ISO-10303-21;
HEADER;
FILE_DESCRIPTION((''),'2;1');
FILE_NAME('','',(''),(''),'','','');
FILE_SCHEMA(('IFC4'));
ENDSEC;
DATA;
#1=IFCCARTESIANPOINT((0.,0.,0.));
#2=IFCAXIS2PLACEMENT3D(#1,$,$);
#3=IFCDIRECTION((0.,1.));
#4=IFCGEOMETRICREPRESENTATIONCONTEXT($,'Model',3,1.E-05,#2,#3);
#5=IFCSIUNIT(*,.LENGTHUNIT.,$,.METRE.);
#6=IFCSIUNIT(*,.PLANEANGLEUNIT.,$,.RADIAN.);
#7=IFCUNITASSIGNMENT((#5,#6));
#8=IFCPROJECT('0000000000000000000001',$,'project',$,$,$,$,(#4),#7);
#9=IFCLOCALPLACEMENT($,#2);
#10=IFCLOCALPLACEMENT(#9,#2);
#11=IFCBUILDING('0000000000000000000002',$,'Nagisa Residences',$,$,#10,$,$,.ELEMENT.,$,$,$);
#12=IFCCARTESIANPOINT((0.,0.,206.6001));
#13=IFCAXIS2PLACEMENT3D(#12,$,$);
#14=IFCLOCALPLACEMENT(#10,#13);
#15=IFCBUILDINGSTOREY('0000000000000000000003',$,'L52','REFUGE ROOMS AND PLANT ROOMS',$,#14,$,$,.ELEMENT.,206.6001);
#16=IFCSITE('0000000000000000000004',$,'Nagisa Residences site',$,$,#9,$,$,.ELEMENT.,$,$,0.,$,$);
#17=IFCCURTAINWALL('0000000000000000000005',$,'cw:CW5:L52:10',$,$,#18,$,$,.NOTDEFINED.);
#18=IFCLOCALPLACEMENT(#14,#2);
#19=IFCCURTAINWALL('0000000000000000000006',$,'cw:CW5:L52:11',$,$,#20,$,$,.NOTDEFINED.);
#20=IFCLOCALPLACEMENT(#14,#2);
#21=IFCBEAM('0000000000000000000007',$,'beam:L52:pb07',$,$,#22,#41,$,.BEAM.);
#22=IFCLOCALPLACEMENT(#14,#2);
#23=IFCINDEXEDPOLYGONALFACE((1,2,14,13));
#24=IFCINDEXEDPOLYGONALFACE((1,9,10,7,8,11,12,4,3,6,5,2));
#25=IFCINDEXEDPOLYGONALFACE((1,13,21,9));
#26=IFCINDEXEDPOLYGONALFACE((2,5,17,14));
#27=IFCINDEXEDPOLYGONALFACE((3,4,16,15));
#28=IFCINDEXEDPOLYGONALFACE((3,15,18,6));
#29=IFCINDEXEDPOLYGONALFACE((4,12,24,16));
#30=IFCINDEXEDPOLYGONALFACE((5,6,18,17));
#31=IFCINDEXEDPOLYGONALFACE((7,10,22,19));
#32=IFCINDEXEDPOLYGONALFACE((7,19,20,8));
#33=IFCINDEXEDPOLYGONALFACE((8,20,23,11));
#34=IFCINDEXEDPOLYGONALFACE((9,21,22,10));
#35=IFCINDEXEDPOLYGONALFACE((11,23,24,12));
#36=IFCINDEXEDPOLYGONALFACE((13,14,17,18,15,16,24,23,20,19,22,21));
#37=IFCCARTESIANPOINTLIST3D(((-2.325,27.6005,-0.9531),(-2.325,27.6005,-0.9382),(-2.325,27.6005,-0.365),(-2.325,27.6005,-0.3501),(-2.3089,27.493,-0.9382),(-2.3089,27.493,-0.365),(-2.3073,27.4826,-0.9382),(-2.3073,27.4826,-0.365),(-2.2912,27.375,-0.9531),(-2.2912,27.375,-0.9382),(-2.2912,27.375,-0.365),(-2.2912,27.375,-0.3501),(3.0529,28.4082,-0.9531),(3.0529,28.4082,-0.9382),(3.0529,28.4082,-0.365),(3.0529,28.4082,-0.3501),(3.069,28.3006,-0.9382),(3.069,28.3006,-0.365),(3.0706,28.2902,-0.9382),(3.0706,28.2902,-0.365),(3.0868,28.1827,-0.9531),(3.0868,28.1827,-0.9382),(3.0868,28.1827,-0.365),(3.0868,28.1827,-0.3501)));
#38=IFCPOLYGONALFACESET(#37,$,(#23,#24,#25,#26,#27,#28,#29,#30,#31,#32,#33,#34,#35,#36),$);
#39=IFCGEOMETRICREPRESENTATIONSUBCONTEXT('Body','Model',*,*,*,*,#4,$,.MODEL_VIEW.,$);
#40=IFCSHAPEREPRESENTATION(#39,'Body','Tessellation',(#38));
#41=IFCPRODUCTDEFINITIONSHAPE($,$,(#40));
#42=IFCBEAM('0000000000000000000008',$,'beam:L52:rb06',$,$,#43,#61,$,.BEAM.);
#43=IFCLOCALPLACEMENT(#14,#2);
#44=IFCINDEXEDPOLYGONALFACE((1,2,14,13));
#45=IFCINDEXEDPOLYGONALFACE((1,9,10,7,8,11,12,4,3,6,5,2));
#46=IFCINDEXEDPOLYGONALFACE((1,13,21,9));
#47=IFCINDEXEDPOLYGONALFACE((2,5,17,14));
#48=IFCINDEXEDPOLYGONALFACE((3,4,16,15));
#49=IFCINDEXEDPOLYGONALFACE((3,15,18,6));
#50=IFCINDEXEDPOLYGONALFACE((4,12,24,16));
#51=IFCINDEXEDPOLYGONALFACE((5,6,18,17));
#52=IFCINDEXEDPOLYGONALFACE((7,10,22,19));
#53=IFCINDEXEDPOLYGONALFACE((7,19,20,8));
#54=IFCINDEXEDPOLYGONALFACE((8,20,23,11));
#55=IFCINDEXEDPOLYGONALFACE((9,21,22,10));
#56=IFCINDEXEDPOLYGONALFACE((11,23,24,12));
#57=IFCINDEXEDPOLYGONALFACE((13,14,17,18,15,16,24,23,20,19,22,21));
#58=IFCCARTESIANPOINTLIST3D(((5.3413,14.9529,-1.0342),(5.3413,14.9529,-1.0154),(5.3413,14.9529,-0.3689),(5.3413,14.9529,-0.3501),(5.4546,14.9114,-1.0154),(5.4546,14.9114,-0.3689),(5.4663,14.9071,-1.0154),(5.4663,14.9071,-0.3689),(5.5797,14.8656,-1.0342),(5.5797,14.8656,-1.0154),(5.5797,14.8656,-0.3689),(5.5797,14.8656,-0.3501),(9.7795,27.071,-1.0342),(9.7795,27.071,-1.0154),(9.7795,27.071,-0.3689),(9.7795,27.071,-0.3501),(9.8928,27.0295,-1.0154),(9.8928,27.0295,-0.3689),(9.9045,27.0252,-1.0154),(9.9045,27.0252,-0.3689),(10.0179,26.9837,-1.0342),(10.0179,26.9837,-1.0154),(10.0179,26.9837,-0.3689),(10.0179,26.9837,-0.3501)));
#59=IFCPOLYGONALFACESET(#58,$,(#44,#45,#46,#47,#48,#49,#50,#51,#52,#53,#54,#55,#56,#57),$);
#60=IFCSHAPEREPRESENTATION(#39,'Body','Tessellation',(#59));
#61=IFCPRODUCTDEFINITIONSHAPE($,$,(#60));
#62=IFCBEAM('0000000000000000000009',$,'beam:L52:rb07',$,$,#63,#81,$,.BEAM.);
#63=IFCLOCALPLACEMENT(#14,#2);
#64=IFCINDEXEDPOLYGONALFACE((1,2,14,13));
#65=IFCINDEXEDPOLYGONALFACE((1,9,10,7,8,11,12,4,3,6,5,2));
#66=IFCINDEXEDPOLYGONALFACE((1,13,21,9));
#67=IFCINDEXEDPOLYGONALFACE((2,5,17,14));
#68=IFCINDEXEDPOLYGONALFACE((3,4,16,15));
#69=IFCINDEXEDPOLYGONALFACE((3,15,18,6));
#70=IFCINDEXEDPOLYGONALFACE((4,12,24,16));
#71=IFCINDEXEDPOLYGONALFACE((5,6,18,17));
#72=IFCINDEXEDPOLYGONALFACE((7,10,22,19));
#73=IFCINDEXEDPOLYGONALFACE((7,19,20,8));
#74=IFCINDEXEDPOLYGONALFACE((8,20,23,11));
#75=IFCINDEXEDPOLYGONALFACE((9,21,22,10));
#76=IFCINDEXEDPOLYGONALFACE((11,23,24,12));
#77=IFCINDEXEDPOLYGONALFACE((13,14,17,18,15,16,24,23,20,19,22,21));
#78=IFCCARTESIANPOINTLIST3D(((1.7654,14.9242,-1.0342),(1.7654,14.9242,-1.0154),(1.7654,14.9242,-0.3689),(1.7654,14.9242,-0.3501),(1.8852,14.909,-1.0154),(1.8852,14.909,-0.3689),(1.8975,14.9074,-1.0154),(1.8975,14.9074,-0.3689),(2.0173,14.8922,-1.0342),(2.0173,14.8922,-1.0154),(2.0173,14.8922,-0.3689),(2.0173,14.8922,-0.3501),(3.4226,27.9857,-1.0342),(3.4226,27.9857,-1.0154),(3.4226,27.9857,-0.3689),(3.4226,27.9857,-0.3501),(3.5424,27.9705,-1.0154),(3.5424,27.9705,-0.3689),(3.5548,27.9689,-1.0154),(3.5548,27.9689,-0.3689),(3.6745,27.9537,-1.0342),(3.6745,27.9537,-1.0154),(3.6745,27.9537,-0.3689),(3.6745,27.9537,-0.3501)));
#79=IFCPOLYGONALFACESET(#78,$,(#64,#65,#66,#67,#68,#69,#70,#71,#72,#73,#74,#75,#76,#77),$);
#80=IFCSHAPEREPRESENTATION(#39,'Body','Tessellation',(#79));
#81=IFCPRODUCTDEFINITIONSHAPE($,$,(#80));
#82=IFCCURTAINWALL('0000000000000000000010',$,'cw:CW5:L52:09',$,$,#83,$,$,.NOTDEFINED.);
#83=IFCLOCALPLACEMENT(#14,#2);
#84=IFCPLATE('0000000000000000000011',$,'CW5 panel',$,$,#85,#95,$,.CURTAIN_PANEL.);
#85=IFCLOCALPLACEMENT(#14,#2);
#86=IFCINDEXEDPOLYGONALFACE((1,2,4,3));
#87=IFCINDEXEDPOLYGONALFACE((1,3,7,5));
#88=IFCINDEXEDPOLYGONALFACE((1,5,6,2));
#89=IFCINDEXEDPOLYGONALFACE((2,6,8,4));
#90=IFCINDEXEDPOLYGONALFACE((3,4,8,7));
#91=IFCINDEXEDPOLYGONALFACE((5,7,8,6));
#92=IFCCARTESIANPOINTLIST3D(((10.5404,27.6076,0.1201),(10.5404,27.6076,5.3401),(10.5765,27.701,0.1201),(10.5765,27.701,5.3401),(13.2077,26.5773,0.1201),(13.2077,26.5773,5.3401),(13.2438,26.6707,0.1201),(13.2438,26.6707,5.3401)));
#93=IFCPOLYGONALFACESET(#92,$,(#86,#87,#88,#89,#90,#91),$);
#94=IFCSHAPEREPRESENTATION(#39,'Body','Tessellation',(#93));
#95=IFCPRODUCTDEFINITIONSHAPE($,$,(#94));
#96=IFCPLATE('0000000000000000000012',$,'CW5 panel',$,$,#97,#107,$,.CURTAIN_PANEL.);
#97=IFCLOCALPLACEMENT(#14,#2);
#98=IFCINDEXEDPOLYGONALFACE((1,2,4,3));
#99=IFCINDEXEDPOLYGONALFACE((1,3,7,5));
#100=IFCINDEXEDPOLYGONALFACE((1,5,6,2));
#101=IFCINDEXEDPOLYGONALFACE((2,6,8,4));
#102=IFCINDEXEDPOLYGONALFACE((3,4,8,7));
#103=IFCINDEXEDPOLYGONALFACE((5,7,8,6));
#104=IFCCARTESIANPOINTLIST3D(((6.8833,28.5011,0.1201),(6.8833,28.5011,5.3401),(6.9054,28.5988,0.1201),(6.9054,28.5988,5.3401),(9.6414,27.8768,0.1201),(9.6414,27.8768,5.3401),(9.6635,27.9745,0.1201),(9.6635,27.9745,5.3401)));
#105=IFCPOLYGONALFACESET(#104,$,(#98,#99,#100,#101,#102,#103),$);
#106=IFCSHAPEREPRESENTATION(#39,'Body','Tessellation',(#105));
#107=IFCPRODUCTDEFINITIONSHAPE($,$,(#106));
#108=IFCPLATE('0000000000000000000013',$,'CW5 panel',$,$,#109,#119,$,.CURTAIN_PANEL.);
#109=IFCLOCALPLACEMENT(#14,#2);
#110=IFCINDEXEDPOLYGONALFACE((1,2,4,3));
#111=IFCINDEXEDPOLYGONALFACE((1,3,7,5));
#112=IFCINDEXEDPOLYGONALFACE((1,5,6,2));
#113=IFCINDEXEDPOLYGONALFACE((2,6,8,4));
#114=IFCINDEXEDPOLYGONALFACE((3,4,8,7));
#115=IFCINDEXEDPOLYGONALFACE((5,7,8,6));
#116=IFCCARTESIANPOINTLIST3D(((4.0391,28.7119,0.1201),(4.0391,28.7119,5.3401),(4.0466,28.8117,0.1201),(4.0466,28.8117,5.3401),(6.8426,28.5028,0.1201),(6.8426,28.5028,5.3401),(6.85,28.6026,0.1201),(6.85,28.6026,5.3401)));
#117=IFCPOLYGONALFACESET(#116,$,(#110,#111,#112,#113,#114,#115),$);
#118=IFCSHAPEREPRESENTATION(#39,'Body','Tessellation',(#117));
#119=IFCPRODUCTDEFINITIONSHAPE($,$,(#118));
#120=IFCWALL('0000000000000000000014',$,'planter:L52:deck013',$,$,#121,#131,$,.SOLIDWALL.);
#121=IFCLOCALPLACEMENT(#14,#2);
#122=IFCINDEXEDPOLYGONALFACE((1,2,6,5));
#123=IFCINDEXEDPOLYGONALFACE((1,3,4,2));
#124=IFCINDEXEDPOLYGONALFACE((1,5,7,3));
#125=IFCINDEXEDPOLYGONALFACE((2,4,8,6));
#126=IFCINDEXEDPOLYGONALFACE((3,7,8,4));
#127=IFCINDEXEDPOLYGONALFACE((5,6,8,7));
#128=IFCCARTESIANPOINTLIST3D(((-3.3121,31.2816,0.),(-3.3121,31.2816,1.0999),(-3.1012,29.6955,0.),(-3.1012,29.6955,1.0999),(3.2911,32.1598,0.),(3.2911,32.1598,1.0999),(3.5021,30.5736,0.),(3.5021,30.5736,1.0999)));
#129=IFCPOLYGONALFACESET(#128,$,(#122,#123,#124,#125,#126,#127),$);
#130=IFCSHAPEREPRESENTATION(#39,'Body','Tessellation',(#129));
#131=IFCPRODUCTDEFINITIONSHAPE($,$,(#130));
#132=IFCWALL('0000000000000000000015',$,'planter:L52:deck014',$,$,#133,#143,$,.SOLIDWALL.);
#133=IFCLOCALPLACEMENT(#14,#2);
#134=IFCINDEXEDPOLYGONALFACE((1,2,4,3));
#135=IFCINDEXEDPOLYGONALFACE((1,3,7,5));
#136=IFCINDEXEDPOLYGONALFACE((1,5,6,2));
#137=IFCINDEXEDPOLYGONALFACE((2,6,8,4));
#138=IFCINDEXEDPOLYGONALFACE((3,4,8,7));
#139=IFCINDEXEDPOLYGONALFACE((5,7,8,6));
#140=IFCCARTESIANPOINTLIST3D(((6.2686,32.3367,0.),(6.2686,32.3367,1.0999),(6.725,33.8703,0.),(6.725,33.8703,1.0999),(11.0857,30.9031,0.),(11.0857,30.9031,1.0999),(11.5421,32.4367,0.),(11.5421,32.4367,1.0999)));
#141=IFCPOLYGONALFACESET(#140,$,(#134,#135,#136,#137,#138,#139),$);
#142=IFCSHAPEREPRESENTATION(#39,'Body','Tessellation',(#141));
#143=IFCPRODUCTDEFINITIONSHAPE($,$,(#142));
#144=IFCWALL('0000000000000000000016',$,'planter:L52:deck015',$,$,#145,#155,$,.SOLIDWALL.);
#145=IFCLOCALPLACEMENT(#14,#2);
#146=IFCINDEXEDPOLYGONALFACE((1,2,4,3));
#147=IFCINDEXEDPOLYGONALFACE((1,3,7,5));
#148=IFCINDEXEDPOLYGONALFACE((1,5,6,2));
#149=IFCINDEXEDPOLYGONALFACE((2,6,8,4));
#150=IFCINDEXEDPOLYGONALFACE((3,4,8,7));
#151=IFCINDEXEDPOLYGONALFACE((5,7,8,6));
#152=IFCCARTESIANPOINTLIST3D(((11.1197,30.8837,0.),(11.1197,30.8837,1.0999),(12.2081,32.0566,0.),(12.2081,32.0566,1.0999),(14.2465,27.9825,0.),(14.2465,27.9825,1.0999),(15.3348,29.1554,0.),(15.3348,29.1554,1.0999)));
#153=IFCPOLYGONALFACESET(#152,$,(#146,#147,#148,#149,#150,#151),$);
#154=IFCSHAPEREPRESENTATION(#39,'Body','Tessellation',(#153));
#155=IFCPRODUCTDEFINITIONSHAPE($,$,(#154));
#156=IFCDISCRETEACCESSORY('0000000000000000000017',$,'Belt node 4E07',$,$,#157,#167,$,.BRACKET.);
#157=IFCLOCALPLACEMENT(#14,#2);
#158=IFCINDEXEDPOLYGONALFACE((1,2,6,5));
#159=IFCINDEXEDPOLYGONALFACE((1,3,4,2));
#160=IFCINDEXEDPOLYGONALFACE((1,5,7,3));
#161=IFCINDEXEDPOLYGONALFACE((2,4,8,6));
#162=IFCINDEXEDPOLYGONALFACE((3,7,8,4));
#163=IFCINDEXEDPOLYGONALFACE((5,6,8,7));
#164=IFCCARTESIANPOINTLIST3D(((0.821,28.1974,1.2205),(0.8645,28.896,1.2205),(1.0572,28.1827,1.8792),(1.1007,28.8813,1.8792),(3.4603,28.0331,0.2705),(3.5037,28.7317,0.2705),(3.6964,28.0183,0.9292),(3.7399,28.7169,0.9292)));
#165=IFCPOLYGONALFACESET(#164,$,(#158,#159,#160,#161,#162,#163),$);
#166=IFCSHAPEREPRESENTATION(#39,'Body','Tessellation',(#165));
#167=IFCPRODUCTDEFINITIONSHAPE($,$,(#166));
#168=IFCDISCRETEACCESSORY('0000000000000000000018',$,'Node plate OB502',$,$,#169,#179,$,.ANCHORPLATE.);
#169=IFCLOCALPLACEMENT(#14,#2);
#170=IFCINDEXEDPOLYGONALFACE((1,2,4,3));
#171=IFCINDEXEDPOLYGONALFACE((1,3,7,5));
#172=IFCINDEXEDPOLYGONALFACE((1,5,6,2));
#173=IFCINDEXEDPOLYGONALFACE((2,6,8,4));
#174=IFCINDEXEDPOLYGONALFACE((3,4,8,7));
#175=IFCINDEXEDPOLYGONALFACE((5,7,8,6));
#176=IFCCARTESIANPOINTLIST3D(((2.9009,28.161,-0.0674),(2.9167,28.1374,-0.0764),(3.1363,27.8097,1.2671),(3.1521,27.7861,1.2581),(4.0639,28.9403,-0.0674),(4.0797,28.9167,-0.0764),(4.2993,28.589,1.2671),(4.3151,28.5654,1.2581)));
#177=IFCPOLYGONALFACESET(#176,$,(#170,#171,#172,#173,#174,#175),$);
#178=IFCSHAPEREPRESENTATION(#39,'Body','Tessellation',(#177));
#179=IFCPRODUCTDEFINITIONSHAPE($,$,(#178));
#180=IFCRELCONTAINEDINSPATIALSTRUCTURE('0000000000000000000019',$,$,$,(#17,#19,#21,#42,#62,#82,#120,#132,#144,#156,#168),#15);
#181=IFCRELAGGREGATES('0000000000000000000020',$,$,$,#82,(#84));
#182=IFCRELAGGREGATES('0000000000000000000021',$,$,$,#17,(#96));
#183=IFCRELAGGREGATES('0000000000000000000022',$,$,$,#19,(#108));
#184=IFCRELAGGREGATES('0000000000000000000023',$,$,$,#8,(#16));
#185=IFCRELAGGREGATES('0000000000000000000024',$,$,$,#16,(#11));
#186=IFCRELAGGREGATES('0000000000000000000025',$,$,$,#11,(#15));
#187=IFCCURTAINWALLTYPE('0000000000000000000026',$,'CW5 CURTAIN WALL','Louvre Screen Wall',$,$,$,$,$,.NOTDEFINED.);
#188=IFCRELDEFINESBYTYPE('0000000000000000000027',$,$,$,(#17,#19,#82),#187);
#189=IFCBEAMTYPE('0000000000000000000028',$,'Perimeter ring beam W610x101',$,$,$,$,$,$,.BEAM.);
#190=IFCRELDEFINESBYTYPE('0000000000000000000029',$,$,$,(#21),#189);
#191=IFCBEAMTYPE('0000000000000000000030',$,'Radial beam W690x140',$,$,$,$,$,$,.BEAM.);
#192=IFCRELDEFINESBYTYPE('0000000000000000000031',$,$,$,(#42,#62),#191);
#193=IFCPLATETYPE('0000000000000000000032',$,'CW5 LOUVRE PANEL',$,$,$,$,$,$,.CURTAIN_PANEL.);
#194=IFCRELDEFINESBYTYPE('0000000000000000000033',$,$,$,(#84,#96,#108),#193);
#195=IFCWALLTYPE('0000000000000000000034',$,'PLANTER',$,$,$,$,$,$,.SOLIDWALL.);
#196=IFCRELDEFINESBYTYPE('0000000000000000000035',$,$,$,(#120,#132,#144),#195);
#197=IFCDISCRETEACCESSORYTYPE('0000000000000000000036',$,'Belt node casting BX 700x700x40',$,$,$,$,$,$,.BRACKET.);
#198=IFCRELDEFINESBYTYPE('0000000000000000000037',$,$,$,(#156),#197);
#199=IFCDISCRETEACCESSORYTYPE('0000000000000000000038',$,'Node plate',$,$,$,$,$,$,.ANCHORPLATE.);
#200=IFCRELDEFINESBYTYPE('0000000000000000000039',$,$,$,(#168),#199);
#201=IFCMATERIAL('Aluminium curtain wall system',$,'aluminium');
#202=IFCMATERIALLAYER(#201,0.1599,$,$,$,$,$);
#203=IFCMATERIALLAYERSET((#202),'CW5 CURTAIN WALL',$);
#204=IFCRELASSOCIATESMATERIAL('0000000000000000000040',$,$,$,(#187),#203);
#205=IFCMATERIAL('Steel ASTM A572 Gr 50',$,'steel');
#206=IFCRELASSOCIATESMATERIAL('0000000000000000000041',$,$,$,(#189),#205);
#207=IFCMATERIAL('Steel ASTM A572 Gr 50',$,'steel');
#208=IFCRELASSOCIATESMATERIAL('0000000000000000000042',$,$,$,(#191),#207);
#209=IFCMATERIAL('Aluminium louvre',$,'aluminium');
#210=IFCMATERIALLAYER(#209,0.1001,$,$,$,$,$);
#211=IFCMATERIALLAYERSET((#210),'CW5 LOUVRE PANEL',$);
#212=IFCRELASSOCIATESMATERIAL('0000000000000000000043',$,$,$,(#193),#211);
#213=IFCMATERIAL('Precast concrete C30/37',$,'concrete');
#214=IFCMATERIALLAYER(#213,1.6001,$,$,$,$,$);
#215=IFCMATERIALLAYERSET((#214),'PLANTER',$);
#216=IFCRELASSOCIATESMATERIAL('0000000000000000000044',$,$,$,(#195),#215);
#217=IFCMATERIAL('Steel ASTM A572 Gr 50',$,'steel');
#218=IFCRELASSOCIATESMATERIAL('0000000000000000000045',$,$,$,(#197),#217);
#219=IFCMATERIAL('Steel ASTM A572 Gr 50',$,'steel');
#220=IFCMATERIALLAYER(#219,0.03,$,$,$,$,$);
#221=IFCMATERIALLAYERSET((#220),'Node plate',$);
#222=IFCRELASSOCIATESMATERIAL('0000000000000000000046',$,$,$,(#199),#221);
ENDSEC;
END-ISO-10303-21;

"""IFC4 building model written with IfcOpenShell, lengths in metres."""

from ifc_helpers import new_model, si_unit, direction, frame, frame_2d, origin, origin_2d, place, context, subcontext, project, spatial, rectangle, i_section, extrude, material, layer, layer_set, material_profile, profile_set, type_object, element, aggregate, save


model = new_model("IFC4")

# Units and contexts
model_context = context("Model", 3, precision=1e-05, world=origin(), true_north=direction((0.0, 1.0)))
body_context = subcontext(model_context, "Body", "Model", "MODEL_VIEW")
ifc_project = project(units=[si_unit("LENGTHUNIT", "METRE"), si_unit("PLANEANGLEUNIT", "RADIAN")], contexts=[model_context])

# Site, building, storey
site_placement = place(None, origin())
site = spatial("IfcSite", under=ifc_project, at=site_placement, Name="Nagisa Residences site", CompositionType="ELEMENT", RefElevation=0.0)
building_placement = place(site_placement, origin())
building = spatial("IfcBuilding", under=site, at=building_placement, Name="Nagisa Residences", CompositionType="ELEMENT")
storey_placement = place(building_placement, frame((0.0, 0.0, 206.6001)))
storey = spatial("IfcBuildingStorey", under=building, at=storey_placement, Name="L52", Description="REFUGE ROOMS AND PLANT ROOMS", CompositionType="ELEMENT", Elevation=206.6001)

# Curtain walls
ifc_material_1 = material(Name="Aluminium curtain wall system", Category="aluminium")
ifc_layer_1 = layer(ifc_material_1, 0.1599)
ifc_layer_set_1 = layer_set([ifc_layer_1], Name="CW5 CURTAIN WALL")
curtain_wall_type = type_object("IfcCurtainWallType", Name="CW5 CURTAIN WALL", Description="Louvre Screen Wall", PredefinedType="NOTDEFINED", material=ifc_layer_set_1)
curtain_wall_1_placement = place(storey_placement, origin())
curtain_wall_1 = element("IfcCurtainWall", 1, at=curtain_wall_1_placement, inside=storey, type_object=curtain_wall_type, Name="cw:CW5:L52:10", PredefinedType="NOTDEFINED")
curtain_wall_2_placement = place(storey_placement, origin())
curtain_wall_2 = element("IfcCurtainWall", 2, at=curtain_wall_2_placement, inside=storey, type_object=curtain_wall_type, Name="cw:CW5:L52:11", PredefinedType="NOTDEFINED")

# Beams
ifc_material_2 = material(Name="Steel ASTM A572 Gr 50", Category="steel")
ifc_material_profile_1 = material_profile(ifc_material_2, i_section(OverallWidth=0.228, OverallDepth=0.603, WebThickness=0.0105, FlangeThickness=0.0149, at=origin_2d()), Name="W610x101")
ifc_profile_set_1 = profile_set([ifc_material_profile_1], Name="Steel ASTM A572 Gr 50")
beam_type_1 = type_object("IfcBeamType", Name="Perimeter ring beam W610x101", PredefinedType="BEAM", material=ifc_profile_set_1)
for number, where, z_axis, x_axis, name in (
    (3, (3.0698, 28.2954, -0.6516), (-0.988911, -0.148507, 0.0), (0.148507, -0.988911, 0.0), "beam:L52:pb07"),
):
    element("IfcBeam", number, at=place(storey_placement, frame(where, z_axis=z_axis, x_axis=x_axis)), inside=storey, type_object=beam_type_1, Name=name, PredefinedType="BEAM", context=body_context, shape_type="SweptSolid", body=[
        extrude(i_section(OverallWidth=0.228, OverallDepth=0.603, WebThickness=0.0105, FlangeThickness=0.0149, at=origin_2d()), origin(), (0.0, 0.0, 1.0), 5.4382),
    ])
ifc_material_3 = material(Name="Steel ASTM A572 Gr 50", Category="steel")
ifc_material_profile_2 = material_profile(ifc_material_3, i_section(OverallWidth=0.2539, OverallDepth=0.6841, WebThickness=0.0125, FlangeThickness=0.0188, at=origin_2d()), Name="W690x140")
ifc_profile_set_2 = profile_set([ifc_material_profile_2], Name="Steel ASTM A572 Gr 50")
beam_type_2 = type_object("IfcBeamType", Name="Radial beam W690x140", PredefinedType="BEAM", material=ifc_profile_set_2)
beam_1_placement = place(storey_placement, frame((9.8987, 27.0273, -0.6921), z_axis=(-0.343907, -0.939004, 0.0), x_axis=(0.939004, -0.343907, 0.0)))
element("IfcBeam", 4, at=beam_1_placement, inside=storey, type_object=beam_type_2, Name="beam:L52:rb06", PredefinedType="BEAM", context=body_context, shape_type="SweptSolid", body=[
    extrude(i_section(OverallWidth=0.2539, OverallDepth=0.6841, WebThickness=0.0125, FlangeThickness=0.0188, at=origin_2d()), origin(), (0.0, 0.0, 1.0), 12.9053),
])
beam_2_placement = place(storey_placement, frame((3.5486, 27.9697, -0.6921), z_axis=(-0.125869, -0.992047, 0.0), x_axis=(0.992047, -0.125869, 0.0)))
element("IfcBeam", 5, at=beam_2_placement, inside=storey, type_object=beam_type_2, Name="beam:L52:rb07", PredefinedType="BEAM", context=body_context, shape_type="SweptSolid", body=[
    extrude(i_section(OverallWidth=0.2539, OverallDepth=0.6841, WebThickness=0.0125, FlangeThickness=0.0188, at=origin_2d()), origin(), (0.0, 0.0, 1.0), 13.1663),
])

# Curtain wall, plate
curtain_wall_3_placement = place(storey_placement, origin())
curtain_wall_3 = element("IfcCurtainWall", 6, at=curtain_wall_3_placement, inside=storey, type_object=curtain_wall_type, Name="cw:CW5:L52:09", PredefinedType="NOTDEFINED")
ifc_material_4 = material(Name="Aluminium louvre", Category="aluminium")
ifc_layer_2 = layer(ifc_material_4, 0.1001)
ifc_layer_set_2 = layer_set([ifc_layer_2], Name="CW5 LOUVRE PANEL")
plate_type = type_object("IfcPlateType", Name="CW5 LOUVRE PANEL", PredefinedType="CURTAIN_PANEL", material=ifc_layer_set_2)
plate_1_placement = place(storey_placement, frame((11.8921, 27.1392, 0.1201), z_axis=(0.0, 0.0, 1.0), x_axis=(-0.932826, 0.360328, 0.0)))
plate_1 = element("IfcPlate", 7, at=plate_1_placement, type_object=plate_type, Name="CW5 panel", PredefinedType="CURTAIN_PANEL", context=body_context, shape_type="SweptSolid", body=[
    extrude(rectangle(XDim=2.8594, YDim=0.1001, at=origin_2d()), origin(), (0.0, 0.0, 1.0), 5.22),
])
aggregate(curtain_wall_3, [plate_1])

# Plates
plate_2_placement = place(storey_placement, frame((8.2734, 28.2378, 0.1201), z_axis=(0.0, 0.0, 1.0), x_axis=(-0.975327, 0.220764, 0.0)))
plate_2 = element("IfcPlate", 8, at=plate_2_placement, type_object=plate_type, Name="CW5 panel", PredefinedType="CURTAIN_PANEL", context=body_context, shape_type="SweptSolid", body=[
    extrude(rectangle(XDim=2.8279, YDim=0.1001, at=origin_2d()), origin(), (0.0, 0.0, 1.0), 5.22),
])
aggregate(curtain_wall_1, [plate_2])
plate_3_placement = place(storey_placement, frame((5.4446, 28.6572, 0.1201), z_axis=(0.0, 0.0, 1.0), x_axis=(-0.99723, 0.074377, 0.0)))
plate_3 = element("IfcPlate", 9, at=plate_3_placement, type_object=plate_type, Name="CW5 panel", PredefinedType="CURTAIN_PANEL", context=body_context, shape_type="SweptSolid", body=[
    extrude(rectangle(XDim=2.8113, YDim=0.1001, at=origin_2d()), origin(), (0.0, 0.0, 1.0), 5.22),
])
aggregate(curtain_wall_2, [plate_3])

# Walls
ifc_material_5 = material(Name="Precast concrete C30/37", Category="concrete")
ifc_layer_3 = layer(ifc_material_5, 1.6001)
ifc_layer_set_3 = layer_set([ifc_layer_3], Name="PLANTER")
wall_type = type_object("IfcWallType", Name="PLANTER", PredefinedType="SOLIDWALL", material=ifc_layer_set_3)
wall_1_placement = place(storey_placement, frame((3.3965, 31.3667, 0.0), z_axis=(0.0, 0.0, 1.0), x_axis=(-0.991272, -0.13183, 0.0)))
element("IfcWall", 10, at=wall_1_placement, inside=storey, type_object=wall_type, Name="planter:L52:deck013", PredefinedType="SOLIDWALL", context=body_context, shape_type="SweptSolid", body=[
    extrude(rectangle(XDim=6.6614, YDim=1.6001, at=frame_2d((3.3306, 0.0))), origin(), (0.0, 0.0, 1.0), 1.0999),
])
wall_2_placement = place(storey_placement, frame((6.4968, 33.1035, 0.0), z_axis=(0.0, 0.0, 1.0), x_axis=(0.958456, -0.285239, 0.0)))
element("IfcWall", 11, at=wall_2_placement, inside=storey, type_object=wall_type, Name="planter:L52:deck014", PredefinedType="SOLIDWALL", context=body_context, shape_type="SweptSolid", body=[
    extrude(rectangle(XDim=5.0259, YDim=1.6001, at=frame_2d((2.5129, 0.0))), origin(), (0.0, 0.0, 1.0), 1.0999),
])
wall_3_placement = place(storey_placement, frame((11.6638, 31.4702, 0.0), z_axis=(0.0, 0.0, 1.0), x_axis=(0.733056, -0.680168, 0.0)))
element("IfcWall", 12, at=wall_3_placement, inside=storey, type_object=wall_type, Name="planter:L52:deck015", PredefinedType="SOLIDWALL", context=body_context, shape_type="SweptSolid", body=[
    extrude(rectangle(XDim=4.2654, YDim=1.6001, at=frame_2d((2.1328, 0.0))), origin(), (0.0, 0.0, 1.0), 1.0999),
])

# Discrete accessories
ifc_material_6 = material(Name="Steel ASTM A572 Gr 50", Category="steel")
discrete_accessory_type_1 = type_object("IfcDiscreteAccessoryType", Name="Belt node casting BX 700x700x40", PredefinedType="BRACKET", material=ifc_material_6)
discrete_accessory_1_placement = place(storey_placement, frame((3.6001, 28.375, 0.5999), z_axis=(-0.939294, 0.058478, 0.338094), x_axis=(-0.062137, -0.998068, 0.0)))
element("IfcDiscreteAccessory", 13, at=discrete_accessory_1_placement, inside=storey, type_object=discrete_accessory_type_1, Name="Belt node 4E07", PredefinedType="BRACKET", context=body_context, shape_type="SweptSolid", body=[
    extrude(rectangle(XDim=0.7, YDim=0.7, at=origin_2d()), origin(), (0.0, 0.0, 1.0), 2.8098),
])
ifc_material_7 = material(Name="Steel ASTM A572 Gr 50", Category="steel")
ifc_layer_4 = layer(ifc_material_7, 0.03)
ifc_layer_set_4 = layer_set([ifc_layer_4], Name="Node plate")
discrete_accessory_type_2 = type_object("IfcDiscreteAccessoryType", Name="Node plate", PredefinedType="ANCHORPLATE", material=ifc_layer_set_4)
discrete_accessory_2_placement = place(storey_placement, frame((3.6001, 28.375, 0.5999), z_axis=(0.53067, -0.791922, -0.302074), x_axis=(0.83073, 0.556675, 0.0)))
element("IfcDiscreteAccessory", 14, at=discrete_accessory_2_placement, inside=storey, type_object=discrete_accessory_type_2, Name="Node plate OB502", PredefinedType="ANCHORPLATE", context=body_context, shape_type="SweptSolid", body=[
    extrude(rectangle(XDim=1.3999, YDim=1.3999, at=origin_2d()), origin(), (0.0, 0.0, 1.0), 0.0298),
])

save(model, "model.ifc")
